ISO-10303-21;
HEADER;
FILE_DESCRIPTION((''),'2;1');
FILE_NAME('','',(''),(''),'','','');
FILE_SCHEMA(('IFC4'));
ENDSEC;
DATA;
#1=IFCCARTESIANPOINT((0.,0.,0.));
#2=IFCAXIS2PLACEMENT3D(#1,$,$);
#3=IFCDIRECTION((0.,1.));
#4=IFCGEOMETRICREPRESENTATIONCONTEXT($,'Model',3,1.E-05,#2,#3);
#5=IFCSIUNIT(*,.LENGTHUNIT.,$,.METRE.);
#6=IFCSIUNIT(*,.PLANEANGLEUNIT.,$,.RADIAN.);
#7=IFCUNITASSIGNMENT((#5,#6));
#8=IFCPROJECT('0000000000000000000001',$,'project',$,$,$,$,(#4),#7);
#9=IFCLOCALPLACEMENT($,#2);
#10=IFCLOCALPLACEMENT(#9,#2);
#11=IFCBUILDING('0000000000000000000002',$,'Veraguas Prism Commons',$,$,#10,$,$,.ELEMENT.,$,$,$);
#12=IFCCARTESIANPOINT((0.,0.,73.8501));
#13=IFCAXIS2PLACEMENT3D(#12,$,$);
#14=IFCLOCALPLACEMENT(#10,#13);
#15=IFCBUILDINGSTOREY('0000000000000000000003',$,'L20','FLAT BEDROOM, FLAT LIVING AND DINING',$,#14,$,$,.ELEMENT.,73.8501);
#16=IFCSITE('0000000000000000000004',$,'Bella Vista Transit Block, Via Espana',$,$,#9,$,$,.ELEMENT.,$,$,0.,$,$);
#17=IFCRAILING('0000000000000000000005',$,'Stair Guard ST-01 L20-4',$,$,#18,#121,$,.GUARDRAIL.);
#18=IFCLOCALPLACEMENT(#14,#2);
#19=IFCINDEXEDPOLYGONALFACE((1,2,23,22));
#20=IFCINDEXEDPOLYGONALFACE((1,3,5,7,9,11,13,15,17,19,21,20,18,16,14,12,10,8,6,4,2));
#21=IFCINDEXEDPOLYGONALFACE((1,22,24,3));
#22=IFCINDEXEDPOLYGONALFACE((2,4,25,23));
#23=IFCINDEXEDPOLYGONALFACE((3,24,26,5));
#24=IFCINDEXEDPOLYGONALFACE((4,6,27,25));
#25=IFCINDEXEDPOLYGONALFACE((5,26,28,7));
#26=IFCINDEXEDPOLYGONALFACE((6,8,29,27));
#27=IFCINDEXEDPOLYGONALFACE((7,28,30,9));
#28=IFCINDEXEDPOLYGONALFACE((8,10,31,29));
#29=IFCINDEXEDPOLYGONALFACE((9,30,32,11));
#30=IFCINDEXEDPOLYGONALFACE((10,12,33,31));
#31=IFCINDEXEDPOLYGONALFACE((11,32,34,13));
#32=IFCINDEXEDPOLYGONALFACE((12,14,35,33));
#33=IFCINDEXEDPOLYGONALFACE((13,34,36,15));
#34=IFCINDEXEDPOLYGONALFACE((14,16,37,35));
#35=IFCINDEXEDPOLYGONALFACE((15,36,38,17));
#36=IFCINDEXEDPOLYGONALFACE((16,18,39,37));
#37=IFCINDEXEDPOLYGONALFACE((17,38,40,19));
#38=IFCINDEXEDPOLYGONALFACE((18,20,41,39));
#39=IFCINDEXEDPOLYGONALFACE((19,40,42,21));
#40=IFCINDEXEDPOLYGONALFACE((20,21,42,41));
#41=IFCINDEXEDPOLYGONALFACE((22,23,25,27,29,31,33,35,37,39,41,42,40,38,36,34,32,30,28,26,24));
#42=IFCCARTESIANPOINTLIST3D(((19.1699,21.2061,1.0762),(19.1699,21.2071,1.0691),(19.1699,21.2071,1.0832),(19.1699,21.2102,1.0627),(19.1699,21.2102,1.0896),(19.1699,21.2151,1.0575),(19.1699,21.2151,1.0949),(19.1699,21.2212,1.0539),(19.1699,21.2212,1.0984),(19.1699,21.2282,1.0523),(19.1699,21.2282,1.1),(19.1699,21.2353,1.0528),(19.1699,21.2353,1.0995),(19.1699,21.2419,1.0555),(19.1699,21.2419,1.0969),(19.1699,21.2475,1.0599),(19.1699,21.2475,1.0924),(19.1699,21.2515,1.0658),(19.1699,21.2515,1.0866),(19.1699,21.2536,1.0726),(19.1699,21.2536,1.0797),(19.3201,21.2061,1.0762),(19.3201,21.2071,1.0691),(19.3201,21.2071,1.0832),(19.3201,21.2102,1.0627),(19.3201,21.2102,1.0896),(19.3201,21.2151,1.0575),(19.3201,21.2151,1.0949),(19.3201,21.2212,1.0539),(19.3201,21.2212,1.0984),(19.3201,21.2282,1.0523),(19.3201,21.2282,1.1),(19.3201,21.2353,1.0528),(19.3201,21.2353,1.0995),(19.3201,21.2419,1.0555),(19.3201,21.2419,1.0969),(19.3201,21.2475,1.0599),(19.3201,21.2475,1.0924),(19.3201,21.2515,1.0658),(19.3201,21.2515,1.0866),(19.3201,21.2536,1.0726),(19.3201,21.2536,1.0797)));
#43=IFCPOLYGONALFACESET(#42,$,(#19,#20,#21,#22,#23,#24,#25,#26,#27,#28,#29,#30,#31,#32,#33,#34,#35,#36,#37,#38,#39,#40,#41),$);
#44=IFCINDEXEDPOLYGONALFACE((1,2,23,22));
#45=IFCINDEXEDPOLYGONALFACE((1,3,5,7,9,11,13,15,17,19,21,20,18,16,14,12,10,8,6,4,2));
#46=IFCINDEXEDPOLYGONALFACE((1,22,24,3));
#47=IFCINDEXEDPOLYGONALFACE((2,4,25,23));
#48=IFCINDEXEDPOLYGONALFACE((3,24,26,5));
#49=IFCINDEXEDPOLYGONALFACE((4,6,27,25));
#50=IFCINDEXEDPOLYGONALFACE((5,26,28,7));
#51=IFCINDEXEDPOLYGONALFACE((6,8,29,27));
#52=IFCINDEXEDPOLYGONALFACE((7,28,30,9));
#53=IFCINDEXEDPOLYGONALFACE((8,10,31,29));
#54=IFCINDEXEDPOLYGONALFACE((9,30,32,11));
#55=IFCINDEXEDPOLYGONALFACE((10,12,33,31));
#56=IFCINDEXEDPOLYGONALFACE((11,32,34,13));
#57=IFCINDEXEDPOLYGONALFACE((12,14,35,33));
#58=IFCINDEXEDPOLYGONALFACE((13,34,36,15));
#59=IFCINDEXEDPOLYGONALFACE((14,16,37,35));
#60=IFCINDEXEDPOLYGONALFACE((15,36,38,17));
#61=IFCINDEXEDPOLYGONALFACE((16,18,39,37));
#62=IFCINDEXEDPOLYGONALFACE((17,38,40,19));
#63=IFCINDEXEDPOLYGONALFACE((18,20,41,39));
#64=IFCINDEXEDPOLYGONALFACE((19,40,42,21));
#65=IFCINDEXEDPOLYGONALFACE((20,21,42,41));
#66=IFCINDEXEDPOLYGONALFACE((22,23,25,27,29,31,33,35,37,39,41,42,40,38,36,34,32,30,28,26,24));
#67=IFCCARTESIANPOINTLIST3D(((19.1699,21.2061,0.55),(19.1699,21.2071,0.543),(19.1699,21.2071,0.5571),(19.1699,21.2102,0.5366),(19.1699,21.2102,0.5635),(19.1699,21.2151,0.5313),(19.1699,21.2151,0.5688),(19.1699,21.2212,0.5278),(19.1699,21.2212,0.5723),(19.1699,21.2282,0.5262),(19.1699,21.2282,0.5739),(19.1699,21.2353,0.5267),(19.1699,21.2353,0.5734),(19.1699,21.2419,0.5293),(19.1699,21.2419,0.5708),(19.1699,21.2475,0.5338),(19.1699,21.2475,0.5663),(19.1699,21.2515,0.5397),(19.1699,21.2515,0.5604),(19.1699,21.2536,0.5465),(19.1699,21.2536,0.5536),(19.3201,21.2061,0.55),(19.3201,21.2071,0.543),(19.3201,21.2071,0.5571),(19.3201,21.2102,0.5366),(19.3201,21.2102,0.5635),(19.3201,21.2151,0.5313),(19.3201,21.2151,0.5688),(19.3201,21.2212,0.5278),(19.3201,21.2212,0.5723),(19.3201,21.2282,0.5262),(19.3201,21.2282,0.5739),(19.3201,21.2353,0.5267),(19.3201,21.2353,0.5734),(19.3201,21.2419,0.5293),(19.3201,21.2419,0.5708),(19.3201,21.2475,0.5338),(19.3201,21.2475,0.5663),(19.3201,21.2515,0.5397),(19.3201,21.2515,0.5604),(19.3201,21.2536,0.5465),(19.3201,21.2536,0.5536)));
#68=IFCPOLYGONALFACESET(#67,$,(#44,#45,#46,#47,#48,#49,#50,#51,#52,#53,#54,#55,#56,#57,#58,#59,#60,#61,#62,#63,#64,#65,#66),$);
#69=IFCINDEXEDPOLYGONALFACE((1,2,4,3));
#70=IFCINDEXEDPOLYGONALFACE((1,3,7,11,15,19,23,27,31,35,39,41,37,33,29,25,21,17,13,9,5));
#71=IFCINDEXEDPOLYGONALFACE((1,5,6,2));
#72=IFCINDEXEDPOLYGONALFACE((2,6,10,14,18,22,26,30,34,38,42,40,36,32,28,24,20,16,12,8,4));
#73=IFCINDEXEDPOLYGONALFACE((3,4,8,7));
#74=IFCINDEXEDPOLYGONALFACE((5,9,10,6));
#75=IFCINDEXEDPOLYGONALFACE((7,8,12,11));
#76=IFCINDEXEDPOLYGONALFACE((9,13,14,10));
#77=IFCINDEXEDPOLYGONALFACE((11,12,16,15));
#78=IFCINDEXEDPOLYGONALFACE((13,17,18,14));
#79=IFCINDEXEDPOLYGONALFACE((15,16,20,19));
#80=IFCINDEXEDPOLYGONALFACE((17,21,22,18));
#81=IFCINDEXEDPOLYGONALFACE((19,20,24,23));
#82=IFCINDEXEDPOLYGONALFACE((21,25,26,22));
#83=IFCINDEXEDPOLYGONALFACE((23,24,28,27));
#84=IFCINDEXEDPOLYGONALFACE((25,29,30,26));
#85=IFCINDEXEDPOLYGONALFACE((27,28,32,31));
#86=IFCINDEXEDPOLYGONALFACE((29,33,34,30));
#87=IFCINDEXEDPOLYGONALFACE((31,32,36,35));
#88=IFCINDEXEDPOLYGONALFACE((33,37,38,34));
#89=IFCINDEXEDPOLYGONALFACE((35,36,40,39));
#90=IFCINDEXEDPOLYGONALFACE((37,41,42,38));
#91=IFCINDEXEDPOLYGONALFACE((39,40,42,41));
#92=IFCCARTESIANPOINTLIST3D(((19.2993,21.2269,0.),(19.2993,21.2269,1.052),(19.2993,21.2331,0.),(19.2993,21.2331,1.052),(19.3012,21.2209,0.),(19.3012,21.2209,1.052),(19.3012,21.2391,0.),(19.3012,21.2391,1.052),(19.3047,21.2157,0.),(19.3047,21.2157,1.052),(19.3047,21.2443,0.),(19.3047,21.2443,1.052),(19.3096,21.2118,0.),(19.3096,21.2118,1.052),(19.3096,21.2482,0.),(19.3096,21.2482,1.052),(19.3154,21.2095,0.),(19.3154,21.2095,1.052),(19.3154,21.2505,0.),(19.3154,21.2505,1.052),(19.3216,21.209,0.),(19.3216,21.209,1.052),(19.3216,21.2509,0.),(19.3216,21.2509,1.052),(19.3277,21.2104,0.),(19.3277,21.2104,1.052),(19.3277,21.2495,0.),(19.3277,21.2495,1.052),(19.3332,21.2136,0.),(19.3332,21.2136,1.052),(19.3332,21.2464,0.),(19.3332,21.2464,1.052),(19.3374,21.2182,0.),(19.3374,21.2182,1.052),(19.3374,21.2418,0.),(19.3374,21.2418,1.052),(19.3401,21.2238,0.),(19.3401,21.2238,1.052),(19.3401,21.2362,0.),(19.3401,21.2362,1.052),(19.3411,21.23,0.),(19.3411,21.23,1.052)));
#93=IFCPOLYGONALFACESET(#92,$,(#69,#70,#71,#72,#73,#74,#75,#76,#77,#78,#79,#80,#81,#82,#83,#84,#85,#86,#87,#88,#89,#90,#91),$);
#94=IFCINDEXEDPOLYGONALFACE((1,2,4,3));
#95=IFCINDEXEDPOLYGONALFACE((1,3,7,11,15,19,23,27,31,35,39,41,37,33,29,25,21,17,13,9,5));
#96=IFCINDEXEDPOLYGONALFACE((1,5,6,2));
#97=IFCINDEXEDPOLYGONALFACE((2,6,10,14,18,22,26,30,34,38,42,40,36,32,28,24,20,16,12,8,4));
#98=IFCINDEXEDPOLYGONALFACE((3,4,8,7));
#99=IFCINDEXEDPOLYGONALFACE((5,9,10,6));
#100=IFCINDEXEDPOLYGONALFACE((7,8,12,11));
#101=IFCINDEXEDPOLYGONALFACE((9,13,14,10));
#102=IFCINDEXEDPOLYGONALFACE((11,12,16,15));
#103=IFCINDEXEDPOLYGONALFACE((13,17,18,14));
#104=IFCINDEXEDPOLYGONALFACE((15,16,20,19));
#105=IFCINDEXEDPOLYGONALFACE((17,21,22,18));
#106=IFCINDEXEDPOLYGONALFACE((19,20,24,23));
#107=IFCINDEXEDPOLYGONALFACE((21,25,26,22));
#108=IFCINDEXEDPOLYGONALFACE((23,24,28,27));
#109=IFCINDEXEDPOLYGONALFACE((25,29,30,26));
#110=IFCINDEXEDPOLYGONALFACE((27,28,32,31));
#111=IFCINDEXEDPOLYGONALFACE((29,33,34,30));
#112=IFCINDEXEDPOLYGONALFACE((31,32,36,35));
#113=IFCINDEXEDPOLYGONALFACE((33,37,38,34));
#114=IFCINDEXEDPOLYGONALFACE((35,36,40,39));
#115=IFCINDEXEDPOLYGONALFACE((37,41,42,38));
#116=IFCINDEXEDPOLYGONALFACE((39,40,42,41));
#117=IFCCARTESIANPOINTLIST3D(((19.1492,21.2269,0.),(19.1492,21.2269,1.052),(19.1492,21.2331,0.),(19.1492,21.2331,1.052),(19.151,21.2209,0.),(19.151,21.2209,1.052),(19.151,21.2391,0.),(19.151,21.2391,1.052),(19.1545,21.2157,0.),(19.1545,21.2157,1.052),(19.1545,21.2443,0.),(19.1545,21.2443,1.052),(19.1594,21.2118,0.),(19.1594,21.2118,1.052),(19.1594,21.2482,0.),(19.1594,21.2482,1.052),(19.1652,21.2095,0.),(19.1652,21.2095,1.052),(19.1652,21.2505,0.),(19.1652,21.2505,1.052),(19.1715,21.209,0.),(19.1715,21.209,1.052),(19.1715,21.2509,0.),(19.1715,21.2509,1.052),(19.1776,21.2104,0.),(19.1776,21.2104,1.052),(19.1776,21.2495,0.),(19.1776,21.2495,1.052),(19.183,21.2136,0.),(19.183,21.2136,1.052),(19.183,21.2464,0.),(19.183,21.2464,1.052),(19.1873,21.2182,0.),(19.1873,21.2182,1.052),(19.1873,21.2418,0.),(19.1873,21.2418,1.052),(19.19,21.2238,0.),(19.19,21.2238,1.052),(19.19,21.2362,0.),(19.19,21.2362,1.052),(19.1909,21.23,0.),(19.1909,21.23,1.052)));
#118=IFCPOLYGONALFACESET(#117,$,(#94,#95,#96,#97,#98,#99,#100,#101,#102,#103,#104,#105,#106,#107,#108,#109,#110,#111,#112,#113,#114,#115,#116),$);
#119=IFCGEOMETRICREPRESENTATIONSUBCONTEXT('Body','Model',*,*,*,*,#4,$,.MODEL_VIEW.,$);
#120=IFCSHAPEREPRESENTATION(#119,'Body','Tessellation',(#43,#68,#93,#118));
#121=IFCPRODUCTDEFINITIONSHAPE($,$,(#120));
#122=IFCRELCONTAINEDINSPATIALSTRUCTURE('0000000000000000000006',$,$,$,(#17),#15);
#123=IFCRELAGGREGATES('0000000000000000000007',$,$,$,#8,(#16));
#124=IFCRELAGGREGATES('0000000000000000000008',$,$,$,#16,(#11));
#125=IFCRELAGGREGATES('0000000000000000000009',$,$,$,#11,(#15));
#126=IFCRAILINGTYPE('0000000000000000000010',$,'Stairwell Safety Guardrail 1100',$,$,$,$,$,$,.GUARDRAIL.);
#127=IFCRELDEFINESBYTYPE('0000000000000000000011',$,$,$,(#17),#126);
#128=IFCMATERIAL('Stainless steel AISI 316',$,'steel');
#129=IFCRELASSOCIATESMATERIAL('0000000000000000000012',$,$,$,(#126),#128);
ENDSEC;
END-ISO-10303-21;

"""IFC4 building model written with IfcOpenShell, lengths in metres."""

from ifc_helpers import new_model, si_unit, direction, frame, origin, origin_2d, place, context, subcontext, project, spatial, circle, extrude, material, type_object, element, save


model = new_model("IFC4")

# Units and contexts
model_context = context("Model", 3, precision=1e-05, world=origin(), true_north=direction((0.0, 1.0)))
body_context = subcontext(model_context, "Body", "Model", "MODEL_VIEW")
ifc_project = project(units=[si_unit("LENGTHUNIT", "METRE"), si_unit("PLANEANGLEUNIT", "RADIAN")], contexts=[model_context])

# Site, building, storey
site_placement = place(None, origin())
site = spatial("IfcSite", under=ifc_project, at=site_placement, Name="Bella Vista Transit Block, Via Espana", CompositionType="ELEMENT", RefElevation=0.0)
building_placement = place(site_placement, origin())
building = spatial("IfcBuilding", under=site, at=building_placement, Name="Veraguas Prism Commons", CompositionType="ELEMENT")
storey_placement = place(building_placement, frame((0.0, 0.0, 73.8501)))
storey = spatial("IfcBuildingStorey", under=building, at=storey_placement, Name="L20", Description="FLAT BEDROOM, FLAT LIVING AND DINING", CompositionType="ELEMENT", Elevation=73.8501)

# Railing
ifc_material_1 = material(Name="Stainless steel AISI 316", Category="steel")
railing_type_1 = type_object("IfcRailingType", Name="Stairwell Safety Guardrail 1100", PredefinedType="GUARDRAIL", material=ifc_material_1)
railing_1_placement = place(storey_placement, frame((19.3201, 21.23, 0.0)))
element("IfcRailing", 1, at=railing_1_placement, inside=storey, type_object=railing_type_1, Name="Stair Guard ST-01 L20-4", PredefinedType="GUARDRAIL", context=body_context, shape_type="SweptSolid", body=[
    extrude(circle(Radius=0.0239, at=origin_2d()), frame((0.0, 0.0, 1.0762), z_axis=(-1.0, 0.0, 0.0), x_axis=(0.0, -1.0, 0.0)), (0.0, 0.0, 1.0), 0.1501),
    extrude(circle(Radius=0.0239, at=origin_2d()), frame((0.0, 0.0, 0.55), z_axis=(-1.0, 0.0, 0.0), x_axis=(0.0, -1.0, 0.0)), (0.0, 0.0, 1.0), 0.1501),
    extrude(circle(Radius=0.021, at=origin_2d()), origin(), (0.0, 0.0, 1.0), 1.052),
    extrude(circle(Radius=0.021, at=origin_2d()), frame((-0.1501, 0.0, 0.0)), (0.0, 0.0, 1.0), 1.052),
])

save(model, "model.ifc")
